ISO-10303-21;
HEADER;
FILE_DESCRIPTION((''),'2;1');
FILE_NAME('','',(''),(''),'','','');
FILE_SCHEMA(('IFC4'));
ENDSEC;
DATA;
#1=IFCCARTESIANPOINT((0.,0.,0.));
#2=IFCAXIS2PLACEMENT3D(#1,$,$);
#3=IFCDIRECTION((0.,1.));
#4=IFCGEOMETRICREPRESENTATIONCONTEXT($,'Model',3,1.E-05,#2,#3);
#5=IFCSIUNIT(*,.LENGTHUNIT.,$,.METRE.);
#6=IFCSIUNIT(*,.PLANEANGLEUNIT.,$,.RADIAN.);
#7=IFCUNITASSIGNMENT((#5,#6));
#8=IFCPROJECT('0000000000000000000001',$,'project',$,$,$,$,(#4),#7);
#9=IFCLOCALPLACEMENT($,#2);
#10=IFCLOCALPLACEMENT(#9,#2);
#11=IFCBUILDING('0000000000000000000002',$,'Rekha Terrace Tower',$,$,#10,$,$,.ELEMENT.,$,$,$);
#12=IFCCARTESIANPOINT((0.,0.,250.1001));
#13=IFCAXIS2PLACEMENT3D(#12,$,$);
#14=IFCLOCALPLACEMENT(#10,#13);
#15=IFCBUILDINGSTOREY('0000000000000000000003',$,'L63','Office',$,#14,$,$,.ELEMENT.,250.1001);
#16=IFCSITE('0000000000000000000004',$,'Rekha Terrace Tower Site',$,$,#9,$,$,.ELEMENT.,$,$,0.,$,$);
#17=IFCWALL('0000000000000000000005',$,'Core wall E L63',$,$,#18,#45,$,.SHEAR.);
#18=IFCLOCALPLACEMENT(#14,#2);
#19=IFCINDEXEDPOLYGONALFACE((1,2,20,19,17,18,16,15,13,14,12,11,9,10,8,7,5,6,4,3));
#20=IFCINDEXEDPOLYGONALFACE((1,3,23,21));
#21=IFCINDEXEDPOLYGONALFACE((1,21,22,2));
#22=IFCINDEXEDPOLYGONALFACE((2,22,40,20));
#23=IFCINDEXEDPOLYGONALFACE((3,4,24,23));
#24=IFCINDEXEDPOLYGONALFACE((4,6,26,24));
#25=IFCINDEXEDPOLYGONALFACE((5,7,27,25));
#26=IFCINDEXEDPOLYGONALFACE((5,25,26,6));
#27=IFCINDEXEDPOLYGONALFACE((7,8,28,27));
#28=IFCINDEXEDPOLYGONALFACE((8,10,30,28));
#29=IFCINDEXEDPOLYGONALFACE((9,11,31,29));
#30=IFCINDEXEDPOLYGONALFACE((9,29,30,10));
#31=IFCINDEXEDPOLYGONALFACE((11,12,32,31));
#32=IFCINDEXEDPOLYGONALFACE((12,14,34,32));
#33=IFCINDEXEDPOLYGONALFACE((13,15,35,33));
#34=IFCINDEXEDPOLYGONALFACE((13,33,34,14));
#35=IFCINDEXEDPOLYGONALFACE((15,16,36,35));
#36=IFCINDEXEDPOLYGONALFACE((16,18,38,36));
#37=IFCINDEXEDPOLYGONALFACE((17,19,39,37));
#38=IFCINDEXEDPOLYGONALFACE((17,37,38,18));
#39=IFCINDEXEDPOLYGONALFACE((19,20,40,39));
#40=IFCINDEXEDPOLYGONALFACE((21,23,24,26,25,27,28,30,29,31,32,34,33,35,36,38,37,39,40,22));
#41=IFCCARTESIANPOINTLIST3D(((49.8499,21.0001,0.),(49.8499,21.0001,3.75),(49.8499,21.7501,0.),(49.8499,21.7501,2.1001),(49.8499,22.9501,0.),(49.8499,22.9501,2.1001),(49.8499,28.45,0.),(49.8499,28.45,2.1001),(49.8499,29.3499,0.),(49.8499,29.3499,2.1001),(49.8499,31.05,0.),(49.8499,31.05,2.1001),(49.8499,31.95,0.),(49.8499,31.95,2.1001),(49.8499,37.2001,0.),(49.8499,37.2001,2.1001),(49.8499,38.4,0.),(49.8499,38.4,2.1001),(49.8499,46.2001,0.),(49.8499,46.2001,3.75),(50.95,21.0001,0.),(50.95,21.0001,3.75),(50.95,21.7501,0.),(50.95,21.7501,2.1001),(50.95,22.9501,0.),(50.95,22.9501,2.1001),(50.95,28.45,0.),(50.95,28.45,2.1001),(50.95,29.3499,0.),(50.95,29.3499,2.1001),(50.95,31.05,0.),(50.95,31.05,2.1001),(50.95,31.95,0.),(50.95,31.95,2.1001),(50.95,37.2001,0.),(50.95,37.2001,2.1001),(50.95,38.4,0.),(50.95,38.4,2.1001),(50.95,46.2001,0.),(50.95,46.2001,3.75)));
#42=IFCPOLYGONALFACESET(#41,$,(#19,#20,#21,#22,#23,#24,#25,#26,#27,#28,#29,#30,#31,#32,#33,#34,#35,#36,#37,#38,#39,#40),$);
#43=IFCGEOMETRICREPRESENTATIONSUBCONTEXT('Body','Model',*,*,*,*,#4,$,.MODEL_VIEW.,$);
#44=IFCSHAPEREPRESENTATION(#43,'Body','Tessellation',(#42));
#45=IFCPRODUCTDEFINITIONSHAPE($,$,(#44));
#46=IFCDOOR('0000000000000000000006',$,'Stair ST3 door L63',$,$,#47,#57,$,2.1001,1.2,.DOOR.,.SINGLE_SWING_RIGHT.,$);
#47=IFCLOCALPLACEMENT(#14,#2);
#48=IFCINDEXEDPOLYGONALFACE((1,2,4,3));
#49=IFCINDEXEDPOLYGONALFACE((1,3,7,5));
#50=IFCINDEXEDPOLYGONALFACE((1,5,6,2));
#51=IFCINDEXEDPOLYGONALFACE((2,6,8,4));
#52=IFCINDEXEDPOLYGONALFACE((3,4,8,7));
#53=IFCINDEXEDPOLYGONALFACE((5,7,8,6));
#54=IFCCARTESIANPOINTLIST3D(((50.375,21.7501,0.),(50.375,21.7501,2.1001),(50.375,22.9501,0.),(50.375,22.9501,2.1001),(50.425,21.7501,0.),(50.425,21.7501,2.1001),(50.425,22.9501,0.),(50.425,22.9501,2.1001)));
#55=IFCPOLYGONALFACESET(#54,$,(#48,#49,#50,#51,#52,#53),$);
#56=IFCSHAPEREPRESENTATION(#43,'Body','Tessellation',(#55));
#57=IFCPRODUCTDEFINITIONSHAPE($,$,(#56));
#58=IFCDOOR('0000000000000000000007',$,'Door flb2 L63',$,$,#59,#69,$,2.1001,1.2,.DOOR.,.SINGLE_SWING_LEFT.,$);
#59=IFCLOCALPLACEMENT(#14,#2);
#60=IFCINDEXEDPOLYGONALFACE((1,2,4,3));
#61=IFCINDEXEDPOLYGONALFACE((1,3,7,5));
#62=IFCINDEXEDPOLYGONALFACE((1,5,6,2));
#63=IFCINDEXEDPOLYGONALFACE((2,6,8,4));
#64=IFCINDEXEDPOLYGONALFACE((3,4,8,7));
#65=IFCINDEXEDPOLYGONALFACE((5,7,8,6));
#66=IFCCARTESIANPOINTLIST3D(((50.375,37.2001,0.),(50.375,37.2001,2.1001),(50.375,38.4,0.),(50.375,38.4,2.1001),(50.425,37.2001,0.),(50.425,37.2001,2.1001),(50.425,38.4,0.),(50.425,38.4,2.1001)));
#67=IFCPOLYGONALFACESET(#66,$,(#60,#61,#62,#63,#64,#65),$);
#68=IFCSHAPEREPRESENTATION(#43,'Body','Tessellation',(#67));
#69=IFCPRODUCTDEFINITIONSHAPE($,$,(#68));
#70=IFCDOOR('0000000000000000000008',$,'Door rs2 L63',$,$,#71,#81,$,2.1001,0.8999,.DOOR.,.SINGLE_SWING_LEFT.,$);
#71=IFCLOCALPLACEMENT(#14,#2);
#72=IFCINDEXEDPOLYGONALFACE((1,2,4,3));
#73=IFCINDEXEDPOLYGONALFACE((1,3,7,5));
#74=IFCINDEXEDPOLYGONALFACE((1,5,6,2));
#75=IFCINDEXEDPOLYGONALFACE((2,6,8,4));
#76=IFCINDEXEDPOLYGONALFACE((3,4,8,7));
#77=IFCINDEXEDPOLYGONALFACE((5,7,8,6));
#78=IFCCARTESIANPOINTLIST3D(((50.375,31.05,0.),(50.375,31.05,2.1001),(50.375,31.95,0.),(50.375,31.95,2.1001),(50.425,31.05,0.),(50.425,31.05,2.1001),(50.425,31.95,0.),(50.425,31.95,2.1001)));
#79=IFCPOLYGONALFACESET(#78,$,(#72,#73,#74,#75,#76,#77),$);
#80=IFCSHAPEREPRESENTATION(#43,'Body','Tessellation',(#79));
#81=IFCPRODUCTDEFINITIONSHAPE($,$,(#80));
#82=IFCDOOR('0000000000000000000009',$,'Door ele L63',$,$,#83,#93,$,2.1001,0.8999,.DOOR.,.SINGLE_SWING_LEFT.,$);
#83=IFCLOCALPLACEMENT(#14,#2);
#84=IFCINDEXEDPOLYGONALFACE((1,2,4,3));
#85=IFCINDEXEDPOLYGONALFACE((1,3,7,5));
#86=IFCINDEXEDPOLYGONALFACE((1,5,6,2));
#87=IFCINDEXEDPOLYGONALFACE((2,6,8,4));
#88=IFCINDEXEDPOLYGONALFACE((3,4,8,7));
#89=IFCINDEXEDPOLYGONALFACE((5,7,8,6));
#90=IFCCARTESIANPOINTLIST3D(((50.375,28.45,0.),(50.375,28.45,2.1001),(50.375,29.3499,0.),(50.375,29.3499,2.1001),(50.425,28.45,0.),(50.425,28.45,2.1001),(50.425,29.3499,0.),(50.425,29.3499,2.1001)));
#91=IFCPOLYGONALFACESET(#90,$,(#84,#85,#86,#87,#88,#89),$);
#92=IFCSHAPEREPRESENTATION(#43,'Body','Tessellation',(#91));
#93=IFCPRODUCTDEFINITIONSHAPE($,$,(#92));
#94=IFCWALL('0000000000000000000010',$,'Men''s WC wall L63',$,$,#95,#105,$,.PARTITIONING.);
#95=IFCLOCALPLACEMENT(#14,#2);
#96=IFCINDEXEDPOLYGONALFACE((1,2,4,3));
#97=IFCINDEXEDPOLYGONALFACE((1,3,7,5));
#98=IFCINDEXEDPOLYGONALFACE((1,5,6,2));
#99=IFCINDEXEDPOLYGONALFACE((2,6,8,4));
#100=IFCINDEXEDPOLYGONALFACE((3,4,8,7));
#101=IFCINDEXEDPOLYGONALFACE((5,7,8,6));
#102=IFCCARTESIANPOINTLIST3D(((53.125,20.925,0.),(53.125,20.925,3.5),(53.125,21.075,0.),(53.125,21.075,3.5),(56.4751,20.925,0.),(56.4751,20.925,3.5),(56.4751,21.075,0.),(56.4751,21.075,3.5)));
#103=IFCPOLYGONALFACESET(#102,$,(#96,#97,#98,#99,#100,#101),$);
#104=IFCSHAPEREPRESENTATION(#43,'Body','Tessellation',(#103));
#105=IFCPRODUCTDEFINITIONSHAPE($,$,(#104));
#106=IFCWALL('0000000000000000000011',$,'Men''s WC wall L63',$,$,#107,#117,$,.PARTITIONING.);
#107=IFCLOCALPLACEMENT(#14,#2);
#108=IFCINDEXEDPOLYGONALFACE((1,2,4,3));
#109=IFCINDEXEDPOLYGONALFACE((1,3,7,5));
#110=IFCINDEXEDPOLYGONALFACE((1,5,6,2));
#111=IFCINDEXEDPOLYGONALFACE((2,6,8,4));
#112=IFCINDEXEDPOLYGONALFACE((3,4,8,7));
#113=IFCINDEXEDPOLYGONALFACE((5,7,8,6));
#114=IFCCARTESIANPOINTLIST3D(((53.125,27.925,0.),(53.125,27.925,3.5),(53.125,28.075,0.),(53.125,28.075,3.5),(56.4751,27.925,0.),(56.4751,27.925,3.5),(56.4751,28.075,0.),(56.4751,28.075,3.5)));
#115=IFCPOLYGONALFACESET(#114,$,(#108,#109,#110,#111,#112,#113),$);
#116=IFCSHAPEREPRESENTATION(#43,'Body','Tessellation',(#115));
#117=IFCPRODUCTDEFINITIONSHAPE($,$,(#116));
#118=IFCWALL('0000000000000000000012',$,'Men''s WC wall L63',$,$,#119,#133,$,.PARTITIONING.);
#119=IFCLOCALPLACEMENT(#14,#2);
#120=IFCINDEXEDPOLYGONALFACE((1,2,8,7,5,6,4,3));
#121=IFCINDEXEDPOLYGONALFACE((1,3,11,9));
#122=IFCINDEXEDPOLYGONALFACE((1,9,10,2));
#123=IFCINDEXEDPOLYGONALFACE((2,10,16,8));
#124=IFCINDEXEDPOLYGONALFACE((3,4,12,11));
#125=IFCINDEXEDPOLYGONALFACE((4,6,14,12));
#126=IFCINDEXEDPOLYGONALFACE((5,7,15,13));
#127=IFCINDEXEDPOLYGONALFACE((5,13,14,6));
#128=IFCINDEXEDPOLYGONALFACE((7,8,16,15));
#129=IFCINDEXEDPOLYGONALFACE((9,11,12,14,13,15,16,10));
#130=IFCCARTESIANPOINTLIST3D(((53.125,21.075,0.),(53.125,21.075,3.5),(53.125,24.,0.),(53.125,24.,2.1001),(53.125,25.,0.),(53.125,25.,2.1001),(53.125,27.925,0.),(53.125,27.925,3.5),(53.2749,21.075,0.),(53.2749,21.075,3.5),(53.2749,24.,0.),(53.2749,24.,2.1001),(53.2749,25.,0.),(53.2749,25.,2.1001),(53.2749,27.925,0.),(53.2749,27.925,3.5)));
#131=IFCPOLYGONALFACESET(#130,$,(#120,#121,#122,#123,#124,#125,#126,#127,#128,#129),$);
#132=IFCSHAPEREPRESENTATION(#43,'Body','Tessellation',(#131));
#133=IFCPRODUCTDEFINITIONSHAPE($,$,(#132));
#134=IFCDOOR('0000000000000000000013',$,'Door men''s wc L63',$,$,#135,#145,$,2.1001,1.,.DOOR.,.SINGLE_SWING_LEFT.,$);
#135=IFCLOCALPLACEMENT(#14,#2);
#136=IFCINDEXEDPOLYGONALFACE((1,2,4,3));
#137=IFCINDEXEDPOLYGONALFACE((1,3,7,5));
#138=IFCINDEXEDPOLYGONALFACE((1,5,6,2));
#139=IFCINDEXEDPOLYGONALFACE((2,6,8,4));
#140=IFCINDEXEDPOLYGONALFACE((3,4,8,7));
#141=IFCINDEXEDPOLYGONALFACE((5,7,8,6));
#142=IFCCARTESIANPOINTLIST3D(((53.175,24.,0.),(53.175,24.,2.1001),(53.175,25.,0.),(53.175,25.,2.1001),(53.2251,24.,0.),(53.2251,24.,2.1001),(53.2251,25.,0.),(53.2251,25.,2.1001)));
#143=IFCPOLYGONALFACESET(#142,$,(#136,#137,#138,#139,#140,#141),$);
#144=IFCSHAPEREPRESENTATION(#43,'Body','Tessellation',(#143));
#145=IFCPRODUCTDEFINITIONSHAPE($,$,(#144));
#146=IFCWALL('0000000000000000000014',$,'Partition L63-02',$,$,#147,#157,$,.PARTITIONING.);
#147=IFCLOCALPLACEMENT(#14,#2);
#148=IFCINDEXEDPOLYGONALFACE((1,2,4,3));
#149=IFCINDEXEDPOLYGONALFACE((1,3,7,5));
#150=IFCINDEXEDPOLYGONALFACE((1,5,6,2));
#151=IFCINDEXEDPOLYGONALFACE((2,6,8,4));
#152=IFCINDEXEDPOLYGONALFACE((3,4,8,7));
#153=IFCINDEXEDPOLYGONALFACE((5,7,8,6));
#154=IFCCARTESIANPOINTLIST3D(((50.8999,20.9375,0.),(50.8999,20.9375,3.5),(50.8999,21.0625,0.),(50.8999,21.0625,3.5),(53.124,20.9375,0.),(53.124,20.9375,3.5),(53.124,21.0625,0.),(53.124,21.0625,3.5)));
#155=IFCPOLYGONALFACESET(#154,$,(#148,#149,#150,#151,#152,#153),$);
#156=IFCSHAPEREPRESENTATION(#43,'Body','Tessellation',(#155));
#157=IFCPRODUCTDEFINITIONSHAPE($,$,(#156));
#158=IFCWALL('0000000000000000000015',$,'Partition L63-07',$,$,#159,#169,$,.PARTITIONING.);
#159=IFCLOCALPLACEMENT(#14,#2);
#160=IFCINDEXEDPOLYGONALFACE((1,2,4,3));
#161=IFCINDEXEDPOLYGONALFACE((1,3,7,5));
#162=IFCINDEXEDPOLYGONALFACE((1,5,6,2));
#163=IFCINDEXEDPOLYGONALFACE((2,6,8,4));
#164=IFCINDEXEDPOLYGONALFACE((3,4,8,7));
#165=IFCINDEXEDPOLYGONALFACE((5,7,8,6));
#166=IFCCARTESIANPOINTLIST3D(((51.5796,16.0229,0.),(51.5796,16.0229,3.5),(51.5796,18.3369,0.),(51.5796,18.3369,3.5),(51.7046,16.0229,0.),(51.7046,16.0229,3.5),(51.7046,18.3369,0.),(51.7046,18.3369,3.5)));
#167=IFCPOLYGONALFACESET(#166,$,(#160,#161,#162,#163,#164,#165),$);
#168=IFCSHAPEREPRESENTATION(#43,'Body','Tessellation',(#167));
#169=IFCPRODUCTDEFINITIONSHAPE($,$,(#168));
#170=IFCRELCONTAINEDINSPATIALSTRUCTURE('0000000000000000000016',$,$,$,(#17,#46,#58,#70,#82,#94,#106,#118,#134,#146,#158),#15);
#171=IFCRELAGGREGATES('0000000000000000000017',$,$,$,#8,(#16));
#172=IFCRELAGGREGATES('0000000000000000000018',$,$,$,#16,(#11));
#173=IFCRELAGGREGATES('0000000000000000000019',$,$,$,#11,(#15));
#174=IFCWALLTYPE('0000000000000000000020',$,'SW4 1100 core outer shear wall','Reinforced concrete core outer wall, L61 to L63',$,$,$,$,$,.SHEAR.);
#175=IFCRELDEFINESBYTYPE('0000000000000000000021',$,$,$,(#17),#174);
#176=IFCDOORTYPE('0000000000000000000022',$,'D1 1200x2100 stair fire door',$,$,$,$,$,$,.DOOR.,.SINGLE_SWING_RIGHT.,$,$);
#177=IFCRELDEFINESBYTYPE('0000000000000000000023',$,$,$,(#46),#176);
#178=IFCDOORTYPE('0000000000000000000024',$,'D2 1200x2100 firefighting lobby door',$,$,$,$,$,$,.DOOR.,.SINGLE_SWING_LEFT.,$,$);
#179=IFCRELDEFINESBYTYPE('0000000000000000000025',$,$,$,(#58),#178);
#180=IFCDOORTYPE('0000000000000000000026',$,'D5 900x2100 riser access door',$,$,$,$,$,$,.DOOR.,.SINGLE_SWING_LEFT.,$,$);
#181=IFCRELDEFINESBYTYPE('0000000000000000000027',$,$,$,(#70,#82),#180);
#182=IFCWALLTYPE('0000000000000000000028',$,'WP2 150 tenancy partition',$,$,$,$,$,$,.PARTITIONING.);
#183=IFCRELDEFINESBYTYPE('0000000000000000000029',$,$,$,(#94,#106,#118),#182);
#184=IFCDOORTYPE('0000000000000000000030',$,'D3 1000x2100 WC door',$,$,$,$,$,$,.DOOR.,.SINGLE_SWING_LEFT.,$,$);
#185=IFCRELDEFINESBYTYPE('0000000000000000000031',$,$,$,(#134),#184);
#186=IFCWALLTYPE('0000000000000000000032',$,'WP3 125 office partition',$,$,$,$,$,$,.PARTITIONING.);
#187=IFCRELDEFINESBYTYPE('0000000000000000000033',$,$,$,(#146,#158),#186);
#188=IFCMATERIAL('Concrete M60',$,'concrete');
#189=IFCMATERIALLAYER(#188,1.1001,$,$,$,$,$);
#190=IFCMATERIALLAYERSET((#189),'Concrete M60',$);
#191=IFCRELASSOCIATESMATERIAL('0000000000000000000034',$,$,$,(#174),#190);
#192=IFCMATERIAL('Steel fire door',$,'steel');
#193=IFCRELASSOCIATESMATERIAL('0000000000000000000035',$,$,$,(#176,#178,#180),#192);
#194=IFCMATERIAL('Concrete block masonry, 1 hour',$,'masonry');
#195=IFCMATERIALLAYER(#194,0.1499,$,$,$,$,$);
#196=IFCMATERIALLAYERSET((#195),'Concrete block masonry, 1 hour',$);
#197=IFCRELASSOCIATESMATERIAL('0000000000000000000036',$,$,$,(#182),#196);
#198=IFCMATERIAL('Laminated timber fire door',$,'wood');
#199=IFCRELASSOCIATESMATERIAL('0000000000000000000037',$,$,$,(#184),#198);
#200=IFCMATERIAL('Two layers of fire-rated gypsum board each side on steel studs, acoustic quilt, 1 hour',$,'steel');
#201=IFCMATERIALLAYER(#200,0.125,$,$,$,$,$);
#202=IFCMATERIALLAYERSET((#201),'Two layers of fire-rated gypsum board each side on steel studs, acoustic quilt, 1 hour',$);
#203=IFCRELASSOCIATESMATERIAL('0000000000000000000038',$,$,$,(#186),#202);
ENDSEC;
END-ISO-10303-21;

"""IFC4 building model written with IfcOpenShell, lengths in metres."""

from ifc_helpers import new_model, si_unit, direction, frame, frame_2d, origin, place, context, subcontext, project, spatial, rectangle, extrude, material, layer, layer_set, type_object, element, fill, save


model = new_model("IFC4")

# Units and contexts
model_context = context("Model", 3, precision=1e-05, world=origin(), true_north=direction((0.0, 1.0)))
body_context = subcontext(model_context, "Body", "Model", "MODEL_VIEW")
ifc_project = project(units=[si_unit("LENGTHUNIT", "METRE"), si_unit("PLANEANGLEUNIT", "RADIAN")], contexts=[model_context])

# Site, building, storey
site_placement = place(None, origin())
site = spatial("IfcSite", under=ifc_project, at=site_placement, Name="Rekha Terrace Tower Site", CompositionType="ELEMENT", RefElevation=0.0)
building_placement = place(site_placement, origin())
building = spatial("IfcBuilding", under=site, at=building_placement, Name="Rekha Terrace Tower", CompositionType="ELEMENT")
storey_placement = place(building_placement, frame((0.0, 0.0, 250.1001)))
storey = spatial("IfcBuildingStorey", under=building, at=storey_placement, Name="L63", Description="Office", CompositionType="ELEMENT", Elevation=250.1001)

# Shared definitions
ifc_material_1 = material(Name="Concrete M60", Category="concrete")

# Wall, openings, doors
ifc_layer_1 = layer(ifc_material_1, 1.1001)
ifc_layer_set_1 = layer_set([ifc_layer_1], Name="Concrete M60")
wall_type_1 = type_object("IfcWallType", Name="SW4 1100 core outer shear wall", Description="Reinforced concrete core outer wall, L61 to L63", PredefinedType="SHEAR", material=ifc_layer_set_1)
wall_1_placement = place(storey_placement, frame((50.3999, 21.0, 0.0), z_axis=(0.0, 0.0, 1.0), x_axis=(0.0, 1.0, 0.0)))
wall_1 = element("IfcWall", 1, at=wall_1_placement, inside=storey, type_object=wall_type_1, Name="Core wall E L63", PredefinedType="SHEAR", context=body_context, shape_type="SweptSolid", body=[
    extrude(rectangle(XDim=25.2, YDim=1.1001, at=frame_2d((12.6001, 0.0))), origin(), (0.0, 0.0, 1.0), 3.75),
])
opening_1_placement = place(wall_1_placement, frame((16.2, 0.0, 0.0)))
opening_1 = element("IfcOpeningElement", 2, at=opening_1_placement, cuts=wall_1, PredefinedType="OPENING", context=body_context, shape_type="SweptSolid", body=[
    extrude(rectangle(XDim=1.2, YDim=2.1001, at=frame_2d((0.6001, 1.05))), frame((0.0, 0.5601, 0.0), z_axis=(0.0, -1.0, 0.0), x_axis=(1.0, 0.0, 0.0)), (0.0, 0.0, 1.0), 1.1201),
])
opening_2_placement = place(wall_1_placement, frame((10.05, 0.0, 0.0)))
opening_2 = element("IfcOpeningElement", 3, at=opening_2_placement, cuts=wall_1, PredefinedType="OPENING", context=body_context, shape_type="SweptSolid", body=[
    extrude(rectangle(XDim=0.8999, YDim=2.1001, at=frame_2d((0.45, 1.05))), frame((0.0, 0.5601, 0.0), z_axis=(0.0, -1.0, 0.0), x_axis=(1.0, 0.0, 0.0)), (0.0, 0.0, 1.0), 1.1201),
])
opening_3_placement = place(wall_1_placement, frame((7.45, 0.0, 0.0)))
opening_3 = element("IfcOpeningElement", 4, at=opening_3_placement, cuts=wall_1, PredefinedType="OPENING", context=body_context, shape_type="SweptSolid", body=[
    extrude(rectangle(XDim=0.8999, YDim=2.1001, at=frame_2d((0.45, 1.05))), frame((0.0, 0.5601, 0.0), z_axis=(0.0, -1.0, 0.0), x_axis=(1.0, 0.0, 0.0)), (0.0, 0.0, 1.0), 1.1201),
])
opening_4_placement = place(wall_1_placement, frame((0.75, 0.0, 0.0)))
opening_4 = element("IfcOpeningElement", 5, at=opening_4_placement, cuts=wall_1, PredefinedType="OPENING", context=body_context, shape_type="SweptSolid", body=[
    extrude(rectangle(XDim=1.2, YDim=2.1001, at=frame_2d((0.6001, 1.05))), frame((0.0, 0.5601, 0.0), z_axis=(0.0, -1.0, 0.0), x_axis=(1.0, 0.0, 0.0)), (0.0, 0.0, 1.0), 1.1201),
])
ifc_material_2 = material(Name="Steel fire door", Category="steel")
door_type_1 = type_object("IfcDoorType", Name="D1 1200x2100 stair fire door", OperationType="SINGLE_SWING_RIGHT", PredefinedType="DOOR", material=ifc_material_2)
door_1_placement = place(opening_4_placement, origin())
door_1 = element("IfcDoor", 6, at=door_1_placement, inside=storey, type_object=door_type_1, Name="Stair ST3 door L63", OperationType="SINGLE_SWING_RIGHT", OverallHeight=2.1001, OverallWidth=1.2, PredefinedType="DOOR", context=body_context, shape_type="SweptSolid", body=[
    extrude(rectangle(XDim=1.2, YDim=2.1001, at=frame_2d((0.6001, 1.05))), frame((0.0, 0.0249, 0.0), z_axis=(0.0, -1.0, 0.0), x_axis=(1.0, 0.0, 0.0)), (0.0, 0.0, 1.0), 0.05),
])
fill(opening_4, door_1)
door_type_2 = type_object("IfcDoorType", Name="D2 1200x2100 firefighting lobby door", OperationType="SINGLE_SWING_LEFT", PredefinedType="DOOR", material=ifc_material_2)
door_2_placement = place(opening_1_placement, origin())
door_2 = element("IfcDoor", 7, at=door_2_placement, inside=storey, type_object=door_type_2, Name="Door flb2 L63", OperationType="SINGLE_SWING_LEFT", OverallHeight=2.1001, OverallWidth=1.2, PredefinedType="DOOR", context=body_context, shape_type="SweptSolid", body=[
    extrude(rectangle(XDim=1.2, YDim=2.1001, at=frame_2d((0.6001, 1.05))), frame((0.0, 0.0249, 0.0), z_axis=(0.0, -1.0, 0.0), x_axis=(1.0, 0.0, 0.0)), (0.0, 0.0, 1.0), 0.05),
])
fill(opening_1, door_2)
door_type_3 = type_object("IfcDoorType", Name="D5 900x2100 riser access door", OperationType="SINGLE_SWING_LEFT", PredefinedType="DOOR", material=ifc_material_2)
door_3_placement = place(opening_2_placement, origin())
door_3 = element("IfcDoor", 8, at=door_3_placement, inside=storey, type_object=door_type_3, Name="Door rs2 L63", OperationType="SINGLE_SWING_LEFT", OverallHeight=2.1001, OverallWidth=0.8999, PredefinedType="DOOR", context=body_context, shape_type="SweptSolid", body=[
    extrude(rectangle(XDim=0.8999, YDim=2.1001, at=frame_2d((0.45, 1.05))), frame((0.0, 0.0249, 0.0), z_axis=(0.0, -1.0, 0.0), x_axis=(1.0, 0.0, 0.0)), (0.0, 0.0, 1.0), 0.05),
])
fill(opening_2, door_3)
door_4_placement = place(opening_3_placement, origin())
door_4 = element("IfcDoor", 9, at=door_4_placement, inside=storey, type_object=door_type_3, Name="Door ele L63", OperationType="SINGLE_SWING_LEFT", OverallHeight=2.1001, OverallWidth=0.8999, PredefinedType="DOOR", context=body_context, shape_type="SweptSolid", body=[
    extrude(rectangle(XDim=0.8999, YDim=2.1001, at=frame_2d((0.45, 1.05))), frame((0.0, 0.0249, 0.0), z_axis=(0.0, -1.0, 0.0), x_axis=(1.0, 0.0, 0.0)), (0.0, 0.0, 1.0), 0.05),
])
fill(opening_3, door_4)

# Walls
ifc_material_3 = material(Name="Concrete block masonry, 1 hour", Category="masonry")
ifc_layer_2 = layer(ifc_material_3, 0.1499)
ifc_layer_set_2 = layer_set([ifc_layer_2], Name="Concrete block masonry, 1 hour")
wall_type_2 = type_object("IfcWallType", Name="WP2 150 tenancy partition", PredefinedType="PARTITIONING", material=ifc_layer_set_2)
for number, where, z_axis, x_axis, name in (
    (10, (53.125, 21.0, 0.0), (0.0, 0.0, 1.0), (1.0, 0.0, 0.0), "Men's WC wall L63"),
    (11, (53.125, 28.0, 0.0), (0.0, 0.0, 1.0), (1.0, 0.0, 0.0), "Men's WC wall L63"),
):
    element("IfcWall", number, at=place(storey_placement, frame(where, z_axis=z_axis, x_axis=x_axis)), inside=storey, type_object=wall_type_2, Name=name, PredefinedType="PARTITIONING", context=body_context, shape_type="SweptSolid", body=[
        extrude(rectangle(XDim=3.3501, YDim=0.1499, at=frame_2d((1.675, 0.0))), origin(), (0.0, 0.0, 1.0), 3.5),
    ])

# Wall, opening, door
wall_2_placement = place(storey_placement, frame((53.2, 21.075, 0.0), z_axis=(0.0, 0.0, 1.0), x_axis=(0.0, 1.0, 0.0)))
wall_2 = element("IfcWall", 12, at=wall_2_placement, inside=storey, type_object=wall_type_2, Name="Men's WC wall L63", PredefinedType="PARTITIONING", context=body_context, shape_type="SweptSolid", body=[
    extrude(rectangle(XDim=6.8501, YDim=0.1499, at=frame_2d((3.425, 0.0))), origin(), (0.0, 0.0, 1.0), 3.5),
])
opening_5_placement = place(wall_2_placement, frame((2.925, 0.0, 0.0)))
opening_5 = element("IfcOpeningElement", 13, at=opening_5_placement, cuts=wall_2, PredefinedType="OPENING", context=body_context, shape_type="SweptSolid", body=[
    extrude(rectangle(XDim=1.0, YDim=2.1001, at=frame_2d((0.5, 1.05))), frame((0.0, 0.085, 0.0), z_axis=(0.0, -1.0, 0.0), x_axis=(1.0, 0.0, 0.0)), (0.0, 0.0, 1.0), 0.1699),
])
ifc_material_4 = material(Name="Laminated timber fire door", Category="wood")
door_type_4 = type_object("IfcDoorType", Name="D3 1000x2100 WC door", OperationType="SINGLE_SWING_LEFT", PredefinedType="DOOR", material=ifc_material_4)
door_5_placement = place(opening_5_placement, origin())
door_5 = element("IfcDoor", 14, at=door_5_placement, inside=storey, type_object=door_type_4, Name="Door men's wc L63", OperationType="SINGLE_SWING_LEFT", OverallHeight=2.1001, OverallWidth=1.0, PredefinedType="DOOR", context=body_context, shape_type="SweptSolid", body=[
    extrude(rectangle(XDim=1.0, YDim=2.1001, at=frame_2d((0.5, 1.05))), frame((0.0, 0.0249, 0.0), z_axis=(0.0, -1.0, 0.0), x_axis=(1.0, 0.0, 0.0)), (0.0, 0.0, 1.0), 0.05),
])
fill(opening_5, door_5)

# Walls
ifc_material_5 = material(Name="Two layers of fire-rated gypsum board each side on steel studs, acoustic quilt, 1 hour", Category="steel")
ifc_layer_3 = layer(ifc_material_5, 0.125)
ifc_layer_set_3 = layer_set([ifc_layer_3], Name="Two layers of fire-rated gypsum board each side on steel studs, acoustic quilt, 1 hour")
wall_type_3 = type_object("IfcWallType", Name="WP3 125 office partition", PredefinedType="PARTITIONING", material=ifc_layer_set_3)
wall_3_placement = place(storey_placement, frame((53.124, 21.0, 0.0), z_axis=(0.0, 0.0, 1.0), x_axis=(-1.0, 0.0, 0.0)))
element("IfcWall", 15, at=wall_3_placement, inside=storey, type_object=wall_type_3, Name="Partition L63-02", PredefinedType="PARTITIONING", context=body_context, shape_type="SweptSolid", body=[
    extrude(rectangle(XDim=2.2241, YDim=0.125, at=frame_2d((1.1121, 0.0))), origin(), (0.0, 0.0, 1.0), 3.5),
])
wall_4_placement = place(storey_placement, frame((51.6421, 18.3369, 0.0), z_axis=(0.0, 0.0, 1.0), x_axis=(0.0, -1.0, 0.0)))
element("IfcWall", 16, at=wall_4_placement, inside=storey, type_object=wall_type_3, Name="Partition L63-07", PredefinedType="PARTITIONING", context=body_context, shape_type="SweptSolid", body=[
    extrude(rectangle(XDim=2.314, YDim=0.125, at=frame_2d((1.157, 0.0))), origin(), (0.0, 0.0, 1.0), 3.5),
])

save(model, "model.ifc")
